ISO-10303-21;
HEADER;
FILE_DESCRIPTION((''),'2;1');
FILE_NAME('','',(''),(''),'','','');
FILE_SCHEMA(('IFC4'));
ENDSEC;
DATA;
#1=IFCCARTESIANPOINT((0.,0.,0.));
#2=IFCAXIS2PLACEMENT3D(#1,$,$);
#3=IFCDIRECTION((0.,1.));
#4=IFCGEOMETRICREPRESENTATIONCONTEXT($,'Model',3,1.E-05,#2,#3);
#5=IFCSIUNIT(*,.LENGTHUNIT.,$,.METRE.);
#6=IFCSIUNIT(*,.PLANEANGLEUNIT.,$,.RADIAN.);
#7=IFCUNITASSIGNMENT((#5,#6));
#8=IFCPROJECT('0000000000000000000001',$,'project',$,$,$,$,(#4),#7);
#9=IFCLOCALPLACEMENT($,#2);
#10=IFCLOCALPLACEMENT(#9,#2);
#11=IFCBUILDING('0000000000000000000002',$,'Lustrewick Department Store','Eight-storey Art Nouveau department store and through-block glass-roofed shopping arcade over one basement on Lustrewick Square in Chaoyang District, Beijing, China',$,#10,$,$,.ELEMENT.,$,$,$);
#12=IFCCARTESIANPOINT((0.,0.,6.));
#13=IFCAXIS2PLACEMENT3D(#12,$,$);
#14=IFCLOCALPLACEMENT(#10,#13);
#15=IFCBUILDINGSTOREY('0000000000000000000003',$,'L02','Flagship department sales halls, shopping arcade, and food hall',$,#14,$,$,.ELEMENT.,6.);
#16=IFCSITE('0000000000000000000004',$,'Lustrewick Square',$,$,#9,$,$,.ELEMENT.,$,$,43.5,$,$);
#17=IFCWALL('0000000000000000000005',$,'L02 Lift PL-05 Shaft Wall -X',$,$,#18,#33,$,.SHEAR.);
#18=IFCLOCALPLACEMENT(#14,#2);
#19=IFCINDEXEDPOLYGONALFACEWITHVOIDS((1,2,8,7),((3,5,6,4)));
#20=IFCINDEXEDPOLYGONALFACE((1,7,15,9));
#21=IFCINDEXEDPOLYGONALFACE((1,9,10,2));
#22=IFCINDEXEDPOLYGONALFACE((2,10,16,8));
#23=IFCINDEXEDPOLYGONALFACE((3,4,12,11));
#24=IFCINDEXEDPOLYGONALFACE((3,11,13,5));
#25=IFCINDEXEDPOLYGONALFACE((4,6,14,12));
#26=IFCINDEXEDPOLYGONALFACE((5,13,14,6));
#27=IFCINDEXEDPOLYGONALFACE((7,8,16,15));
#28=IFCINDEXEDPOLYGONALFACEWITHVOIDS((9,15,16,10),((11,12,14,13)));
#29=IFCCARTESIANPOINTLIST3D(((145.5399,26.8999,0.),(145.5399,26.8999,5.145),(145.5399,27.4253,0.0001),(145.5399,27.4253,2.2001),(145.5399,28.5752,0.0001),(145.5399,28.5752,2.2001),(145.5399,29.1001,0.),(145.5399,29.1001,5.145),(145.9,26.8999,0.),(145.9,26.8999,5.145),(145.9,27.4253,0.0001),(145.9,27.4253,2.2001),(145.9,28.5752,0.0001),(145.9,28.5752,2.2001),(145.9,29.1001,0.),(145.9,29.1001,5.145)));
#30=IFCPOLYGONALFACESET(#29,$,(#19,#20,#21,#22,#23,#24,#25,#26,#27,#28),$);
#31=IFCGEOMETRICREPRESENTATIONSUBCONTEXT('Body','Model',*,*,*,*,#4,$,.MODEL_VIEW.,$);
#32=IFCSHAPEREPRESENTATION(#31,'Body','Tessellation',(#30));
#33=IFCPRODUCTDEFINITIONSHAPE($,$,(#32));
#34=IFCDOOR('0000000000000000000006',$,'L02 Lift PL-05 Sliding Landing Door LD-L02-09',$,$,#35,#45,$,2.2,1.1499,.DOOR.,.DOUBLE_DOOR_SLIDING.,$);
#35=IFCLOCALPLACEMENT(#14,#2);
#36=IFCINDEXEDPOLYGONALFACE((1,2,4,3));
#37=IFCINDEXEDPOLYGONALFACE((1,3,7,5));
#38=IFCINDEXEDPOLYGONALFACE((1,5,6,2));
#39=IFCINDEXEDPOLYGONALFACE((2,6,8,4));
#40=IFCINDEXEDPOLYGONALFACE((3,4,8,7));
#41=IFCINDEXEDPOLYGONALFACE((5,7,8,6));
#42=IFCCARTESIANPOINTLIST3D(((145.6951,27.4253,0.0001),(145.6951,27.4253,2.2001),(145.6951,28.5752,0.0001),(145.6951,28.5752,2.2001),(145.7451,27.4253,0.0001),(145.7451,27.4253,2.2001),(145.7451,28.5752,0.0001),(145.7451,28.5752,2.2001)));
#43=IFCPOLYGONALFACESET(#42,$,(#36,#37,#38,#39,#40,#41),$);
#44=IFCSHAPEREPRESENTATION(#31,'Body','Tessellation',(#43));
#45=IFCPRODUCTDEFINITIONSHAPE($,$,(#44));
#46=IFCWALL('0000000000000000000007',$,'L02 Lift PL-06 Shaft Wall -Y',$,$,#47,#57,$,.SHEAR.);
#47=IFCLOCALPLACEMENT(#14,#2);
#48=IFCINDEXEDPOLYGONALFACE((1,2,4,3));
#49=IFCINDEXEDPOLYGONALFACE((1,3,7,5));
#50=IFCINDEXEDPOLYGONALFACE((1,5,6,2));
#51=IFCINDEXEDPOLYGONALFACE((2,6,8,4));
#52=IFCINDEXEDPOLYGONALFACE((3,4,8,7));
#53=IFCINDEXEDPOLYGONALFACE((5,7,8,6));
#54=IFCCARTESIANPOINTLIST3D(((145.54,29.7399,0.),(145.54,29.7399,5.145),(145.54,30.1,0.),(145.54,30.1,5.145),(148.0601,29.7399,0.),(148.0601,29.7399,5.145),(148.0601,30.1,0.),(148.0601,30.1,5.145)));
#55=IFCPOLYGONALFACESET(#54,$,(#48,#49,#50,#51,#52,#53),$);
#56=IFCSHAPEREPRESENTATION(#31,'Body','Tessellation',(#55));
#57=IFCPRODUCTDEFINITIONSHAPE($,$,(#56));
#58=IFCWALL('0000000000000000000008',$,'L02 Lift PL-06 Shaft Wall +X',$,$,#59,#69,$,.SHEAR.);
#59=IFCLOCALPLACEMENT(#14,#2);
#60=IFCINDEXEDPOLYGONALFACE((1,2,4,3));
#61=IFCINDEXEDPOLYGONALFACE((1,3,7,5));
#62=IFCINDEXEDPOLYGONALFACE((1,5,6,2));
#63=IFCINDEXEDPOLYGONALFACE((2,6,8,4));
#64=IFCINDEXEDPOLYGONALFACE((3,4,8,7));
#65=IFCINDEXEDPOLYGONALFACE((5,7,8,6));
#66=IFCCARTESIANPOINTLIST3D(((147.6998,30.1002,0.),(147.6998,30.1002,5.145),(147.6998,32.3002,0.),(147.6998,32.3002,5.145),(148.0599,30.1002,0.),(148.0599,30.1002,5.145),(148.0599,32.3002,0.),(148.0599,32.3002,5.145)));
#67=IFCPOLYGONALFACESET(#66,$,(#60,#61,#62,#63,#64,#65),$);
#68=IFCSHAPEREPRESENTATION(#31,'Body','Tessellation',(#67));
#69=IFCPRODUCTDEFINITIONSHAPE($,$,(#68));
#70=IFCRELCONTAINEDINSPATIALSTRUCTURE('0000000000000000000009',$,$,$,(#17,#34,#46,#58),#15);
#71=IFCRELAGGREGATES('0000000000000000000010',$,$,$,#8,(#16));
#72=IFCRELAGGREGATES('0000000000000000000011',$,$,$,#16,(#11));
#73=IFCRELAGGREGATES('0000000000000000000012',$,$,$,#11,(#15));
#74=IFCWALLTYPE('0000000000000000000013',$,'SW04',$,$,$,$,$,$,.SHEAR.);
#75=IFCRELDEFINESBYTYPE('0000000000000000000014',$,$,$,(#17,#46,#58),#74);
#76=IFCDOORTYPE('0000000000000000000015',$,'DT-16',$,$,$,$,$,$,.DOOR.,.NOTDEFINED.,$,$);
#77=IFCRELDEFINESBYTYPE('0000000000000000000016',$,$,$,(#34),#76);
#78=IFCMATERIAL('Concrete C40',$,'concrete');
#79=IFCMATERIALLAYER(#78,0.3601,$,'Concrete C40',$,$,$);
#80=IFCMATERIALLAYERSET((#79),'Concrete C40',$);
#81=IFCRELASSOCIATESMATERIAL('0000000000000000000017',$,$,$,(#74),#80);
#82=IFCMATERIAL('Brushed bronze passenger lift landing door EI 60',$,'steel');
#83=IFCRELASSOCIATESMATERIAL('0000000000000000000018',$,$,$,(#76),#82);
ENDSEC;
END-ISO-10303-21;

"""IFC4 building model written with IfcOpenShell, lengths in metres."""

from ifc_helpers import new_model, si_unit, direction, frame, frame_2d, origin, place, context, subcontext, project, spatial, rectangle, extrude, material, layer, layer_set, type_object, element, fill, save


model = new_model("IFC4")

# Units and contexts
model_context = context("Model", 3, precision=1e-05, world=origin(), true_north=direction((0.0, 1.0)))
body_context = subcontext(model_context, "Body", "Model", "MODEL_VIEW")
ifc_project = project(units=[si_unit("LENGTHUNIT", "METRE"), si_unit("PLANEANGLEUNIT", "RADIAN")], contexts=[model_context])

# Site, building, storey
site_placement = place(None, origin())
site = spatial("IfcSite", under=ifc_project, at=site_placement, Name="Lustrewick Square", CompositionType="ELEMENT", RefElevation=43.5)
building_placement = place(site_placement, origin())
building = spatial("IfcBuilding", under=site, at=building_placement, Name="Lustrewick Department Store", Description="Eight-storey Art Nouveau department store and through-block glass-roofed shopping arcade over one basement on Lustrewick Square in Chaoyang District, Beijing, China", CompositionType="ELEMENT")
storey_placement = place(building_placement, frame((0.0, 0.0, 6.0)))
storey = spatial("IfcBuildingStorey", under=building, at=storey_placement, Name="L02", Description="Flagship department sales halls, shopping arcade, and food hall", CompositionType="ELEMENT", Elevation=6.0)

# Shared definitions
ifc_material_1 = material(Name="Concrete C40", Category="concrete")
ifc_layer_1 = layer(ifc_material_1, 0.3601, Name="Concrete C40")
ifc_layer_set_1 = layer_set([ifc_layer_1], Name="Concrete C40")
wall_type = type_object("IfcWallType", Name="SW04", PredefinedType="SHEAR", material=ifc_layer_set_1)

# Wall, opening, door
wall_1_placement = place(storey_placement, frame((145.72, 29.1001, 0.0), z_axis=(0.0, 0.0, 1.0), x_axis=(0.0, -1.0, 0.0)))
wall_1 = element("IfcWall", 1, at=wall_1_placement, inside=storey, type_object=wall_type, Name="L02 Lift PL-05 Shaft Wall -X", PredefinedType="SHEAR", context=body_context, shape_type="SweptSolid", body=[
    extrude(rectangle(XDim=2.2002, YDim=0.3601, at=frame_2d((1.1001, 0.0))), origin(), (0.0, 0.0, 1.0), 5.145),
])
opening_placement = place(wall_1_placement, frame((0.5249, 0.0, 0.0)))
opening = element("IfcOpeningElement", 2, at=opening_placement, cuts=wall_1, PredefinedType="OPENING", context=body_context, shape_type="SweptSolid", body=[
    extrude(rectangle(XDim=1.1499, YDim=2.2, at=frame_2d((0.575, 1.1001))), frame((0.0, 0.1899, 0.0), z_axis=(0.0, -1.0, 0.0), x_axis=(1.0, 0.0, 0.0)), (0.0, 0.0, 1.0), 0.3801),
])
ifc_material_2 = material(Name="Brushed bronze passenger lift landing door EI 60", Category="steel")
door_type = type_object("IfcDoorType", Name="DT-16", OperationType="NOTDEFINED", PredefinedType="DOOR", material=ifc_material_2)
door_placement = place(opening_placement, frame((1.1499, 0.0, 0.0), z_axis=(0.0, 0.0, 1.0), x_axis=(-1.0, 0.0, 0.0)))
door = element("IfcDoor", 3, at=door_placement, inside=storey, type_object=door_type, Name="L02 Lift PL-05 Sliding Landing Door LD-L02-09", OperationType="DOUBLE_DOOR_SLIDING", OverallHeight=2.2, OverallWidth=1.1499, PredefinedType="DOOR", context=body_context, shape_type="SweptSolid", body=[
    extrude(rectangle(XDim=1.1499, YDim=2.2, at=frame_2d((0.575, 1.1001))), frame((0.0, 0.0249, 0.0), z_axis=(0.0, -1.0, 0.0), x_axis=(1.0, 0.0, 0.0)), (0.0, 0.0, 1.0), 0.05),
])
fill(opening, door)

# Walls
wall_2_placement = place(storey_placement, frame((145.54, 29.9199, 0.0), z_axis=(0.0, 0.0, 1.0), x_axis=(1.0, 0.0, 0.0)))
element("IfcWall", 4, at=wall_2_placement, inside=storey, type_object=wall_type, Name="L02 Lift PL-06 Shaft Wall -Y", PredefinedType="SHEAR", context=body_context, shape_type="SweptSolid", body=[
    extrude(rectangle(XDim=2.52, YDim=0.3601, at=frame_2d((1.26, 0.0))), origin(), (0.0, 0.0, 1.0), 5.145),
])
wall_3_placement = place(storey_placement, frame((147.8799, 30.1001, 0.0), z_axis=(0.0, 0.0, 1.0), x_axis=(0.0, 1.0, 0.0)))
element("IfcWall", 5, at=wall_3_placement, inside=storey, type_object=wall_type, Name="L02 Lift PL-06 Shaft Wall +X", PredefinedType="SHEAR", context=body_context, shape_type="SweptSolid", body=[
    extrude(rectangle(XDim=2.2, YDim=0.3601, at=frame_2d((1.1001, 0.0))), origin(), (0.0, 0.0, 1.0), 5.145),
])

save(model, "model.ifc")
